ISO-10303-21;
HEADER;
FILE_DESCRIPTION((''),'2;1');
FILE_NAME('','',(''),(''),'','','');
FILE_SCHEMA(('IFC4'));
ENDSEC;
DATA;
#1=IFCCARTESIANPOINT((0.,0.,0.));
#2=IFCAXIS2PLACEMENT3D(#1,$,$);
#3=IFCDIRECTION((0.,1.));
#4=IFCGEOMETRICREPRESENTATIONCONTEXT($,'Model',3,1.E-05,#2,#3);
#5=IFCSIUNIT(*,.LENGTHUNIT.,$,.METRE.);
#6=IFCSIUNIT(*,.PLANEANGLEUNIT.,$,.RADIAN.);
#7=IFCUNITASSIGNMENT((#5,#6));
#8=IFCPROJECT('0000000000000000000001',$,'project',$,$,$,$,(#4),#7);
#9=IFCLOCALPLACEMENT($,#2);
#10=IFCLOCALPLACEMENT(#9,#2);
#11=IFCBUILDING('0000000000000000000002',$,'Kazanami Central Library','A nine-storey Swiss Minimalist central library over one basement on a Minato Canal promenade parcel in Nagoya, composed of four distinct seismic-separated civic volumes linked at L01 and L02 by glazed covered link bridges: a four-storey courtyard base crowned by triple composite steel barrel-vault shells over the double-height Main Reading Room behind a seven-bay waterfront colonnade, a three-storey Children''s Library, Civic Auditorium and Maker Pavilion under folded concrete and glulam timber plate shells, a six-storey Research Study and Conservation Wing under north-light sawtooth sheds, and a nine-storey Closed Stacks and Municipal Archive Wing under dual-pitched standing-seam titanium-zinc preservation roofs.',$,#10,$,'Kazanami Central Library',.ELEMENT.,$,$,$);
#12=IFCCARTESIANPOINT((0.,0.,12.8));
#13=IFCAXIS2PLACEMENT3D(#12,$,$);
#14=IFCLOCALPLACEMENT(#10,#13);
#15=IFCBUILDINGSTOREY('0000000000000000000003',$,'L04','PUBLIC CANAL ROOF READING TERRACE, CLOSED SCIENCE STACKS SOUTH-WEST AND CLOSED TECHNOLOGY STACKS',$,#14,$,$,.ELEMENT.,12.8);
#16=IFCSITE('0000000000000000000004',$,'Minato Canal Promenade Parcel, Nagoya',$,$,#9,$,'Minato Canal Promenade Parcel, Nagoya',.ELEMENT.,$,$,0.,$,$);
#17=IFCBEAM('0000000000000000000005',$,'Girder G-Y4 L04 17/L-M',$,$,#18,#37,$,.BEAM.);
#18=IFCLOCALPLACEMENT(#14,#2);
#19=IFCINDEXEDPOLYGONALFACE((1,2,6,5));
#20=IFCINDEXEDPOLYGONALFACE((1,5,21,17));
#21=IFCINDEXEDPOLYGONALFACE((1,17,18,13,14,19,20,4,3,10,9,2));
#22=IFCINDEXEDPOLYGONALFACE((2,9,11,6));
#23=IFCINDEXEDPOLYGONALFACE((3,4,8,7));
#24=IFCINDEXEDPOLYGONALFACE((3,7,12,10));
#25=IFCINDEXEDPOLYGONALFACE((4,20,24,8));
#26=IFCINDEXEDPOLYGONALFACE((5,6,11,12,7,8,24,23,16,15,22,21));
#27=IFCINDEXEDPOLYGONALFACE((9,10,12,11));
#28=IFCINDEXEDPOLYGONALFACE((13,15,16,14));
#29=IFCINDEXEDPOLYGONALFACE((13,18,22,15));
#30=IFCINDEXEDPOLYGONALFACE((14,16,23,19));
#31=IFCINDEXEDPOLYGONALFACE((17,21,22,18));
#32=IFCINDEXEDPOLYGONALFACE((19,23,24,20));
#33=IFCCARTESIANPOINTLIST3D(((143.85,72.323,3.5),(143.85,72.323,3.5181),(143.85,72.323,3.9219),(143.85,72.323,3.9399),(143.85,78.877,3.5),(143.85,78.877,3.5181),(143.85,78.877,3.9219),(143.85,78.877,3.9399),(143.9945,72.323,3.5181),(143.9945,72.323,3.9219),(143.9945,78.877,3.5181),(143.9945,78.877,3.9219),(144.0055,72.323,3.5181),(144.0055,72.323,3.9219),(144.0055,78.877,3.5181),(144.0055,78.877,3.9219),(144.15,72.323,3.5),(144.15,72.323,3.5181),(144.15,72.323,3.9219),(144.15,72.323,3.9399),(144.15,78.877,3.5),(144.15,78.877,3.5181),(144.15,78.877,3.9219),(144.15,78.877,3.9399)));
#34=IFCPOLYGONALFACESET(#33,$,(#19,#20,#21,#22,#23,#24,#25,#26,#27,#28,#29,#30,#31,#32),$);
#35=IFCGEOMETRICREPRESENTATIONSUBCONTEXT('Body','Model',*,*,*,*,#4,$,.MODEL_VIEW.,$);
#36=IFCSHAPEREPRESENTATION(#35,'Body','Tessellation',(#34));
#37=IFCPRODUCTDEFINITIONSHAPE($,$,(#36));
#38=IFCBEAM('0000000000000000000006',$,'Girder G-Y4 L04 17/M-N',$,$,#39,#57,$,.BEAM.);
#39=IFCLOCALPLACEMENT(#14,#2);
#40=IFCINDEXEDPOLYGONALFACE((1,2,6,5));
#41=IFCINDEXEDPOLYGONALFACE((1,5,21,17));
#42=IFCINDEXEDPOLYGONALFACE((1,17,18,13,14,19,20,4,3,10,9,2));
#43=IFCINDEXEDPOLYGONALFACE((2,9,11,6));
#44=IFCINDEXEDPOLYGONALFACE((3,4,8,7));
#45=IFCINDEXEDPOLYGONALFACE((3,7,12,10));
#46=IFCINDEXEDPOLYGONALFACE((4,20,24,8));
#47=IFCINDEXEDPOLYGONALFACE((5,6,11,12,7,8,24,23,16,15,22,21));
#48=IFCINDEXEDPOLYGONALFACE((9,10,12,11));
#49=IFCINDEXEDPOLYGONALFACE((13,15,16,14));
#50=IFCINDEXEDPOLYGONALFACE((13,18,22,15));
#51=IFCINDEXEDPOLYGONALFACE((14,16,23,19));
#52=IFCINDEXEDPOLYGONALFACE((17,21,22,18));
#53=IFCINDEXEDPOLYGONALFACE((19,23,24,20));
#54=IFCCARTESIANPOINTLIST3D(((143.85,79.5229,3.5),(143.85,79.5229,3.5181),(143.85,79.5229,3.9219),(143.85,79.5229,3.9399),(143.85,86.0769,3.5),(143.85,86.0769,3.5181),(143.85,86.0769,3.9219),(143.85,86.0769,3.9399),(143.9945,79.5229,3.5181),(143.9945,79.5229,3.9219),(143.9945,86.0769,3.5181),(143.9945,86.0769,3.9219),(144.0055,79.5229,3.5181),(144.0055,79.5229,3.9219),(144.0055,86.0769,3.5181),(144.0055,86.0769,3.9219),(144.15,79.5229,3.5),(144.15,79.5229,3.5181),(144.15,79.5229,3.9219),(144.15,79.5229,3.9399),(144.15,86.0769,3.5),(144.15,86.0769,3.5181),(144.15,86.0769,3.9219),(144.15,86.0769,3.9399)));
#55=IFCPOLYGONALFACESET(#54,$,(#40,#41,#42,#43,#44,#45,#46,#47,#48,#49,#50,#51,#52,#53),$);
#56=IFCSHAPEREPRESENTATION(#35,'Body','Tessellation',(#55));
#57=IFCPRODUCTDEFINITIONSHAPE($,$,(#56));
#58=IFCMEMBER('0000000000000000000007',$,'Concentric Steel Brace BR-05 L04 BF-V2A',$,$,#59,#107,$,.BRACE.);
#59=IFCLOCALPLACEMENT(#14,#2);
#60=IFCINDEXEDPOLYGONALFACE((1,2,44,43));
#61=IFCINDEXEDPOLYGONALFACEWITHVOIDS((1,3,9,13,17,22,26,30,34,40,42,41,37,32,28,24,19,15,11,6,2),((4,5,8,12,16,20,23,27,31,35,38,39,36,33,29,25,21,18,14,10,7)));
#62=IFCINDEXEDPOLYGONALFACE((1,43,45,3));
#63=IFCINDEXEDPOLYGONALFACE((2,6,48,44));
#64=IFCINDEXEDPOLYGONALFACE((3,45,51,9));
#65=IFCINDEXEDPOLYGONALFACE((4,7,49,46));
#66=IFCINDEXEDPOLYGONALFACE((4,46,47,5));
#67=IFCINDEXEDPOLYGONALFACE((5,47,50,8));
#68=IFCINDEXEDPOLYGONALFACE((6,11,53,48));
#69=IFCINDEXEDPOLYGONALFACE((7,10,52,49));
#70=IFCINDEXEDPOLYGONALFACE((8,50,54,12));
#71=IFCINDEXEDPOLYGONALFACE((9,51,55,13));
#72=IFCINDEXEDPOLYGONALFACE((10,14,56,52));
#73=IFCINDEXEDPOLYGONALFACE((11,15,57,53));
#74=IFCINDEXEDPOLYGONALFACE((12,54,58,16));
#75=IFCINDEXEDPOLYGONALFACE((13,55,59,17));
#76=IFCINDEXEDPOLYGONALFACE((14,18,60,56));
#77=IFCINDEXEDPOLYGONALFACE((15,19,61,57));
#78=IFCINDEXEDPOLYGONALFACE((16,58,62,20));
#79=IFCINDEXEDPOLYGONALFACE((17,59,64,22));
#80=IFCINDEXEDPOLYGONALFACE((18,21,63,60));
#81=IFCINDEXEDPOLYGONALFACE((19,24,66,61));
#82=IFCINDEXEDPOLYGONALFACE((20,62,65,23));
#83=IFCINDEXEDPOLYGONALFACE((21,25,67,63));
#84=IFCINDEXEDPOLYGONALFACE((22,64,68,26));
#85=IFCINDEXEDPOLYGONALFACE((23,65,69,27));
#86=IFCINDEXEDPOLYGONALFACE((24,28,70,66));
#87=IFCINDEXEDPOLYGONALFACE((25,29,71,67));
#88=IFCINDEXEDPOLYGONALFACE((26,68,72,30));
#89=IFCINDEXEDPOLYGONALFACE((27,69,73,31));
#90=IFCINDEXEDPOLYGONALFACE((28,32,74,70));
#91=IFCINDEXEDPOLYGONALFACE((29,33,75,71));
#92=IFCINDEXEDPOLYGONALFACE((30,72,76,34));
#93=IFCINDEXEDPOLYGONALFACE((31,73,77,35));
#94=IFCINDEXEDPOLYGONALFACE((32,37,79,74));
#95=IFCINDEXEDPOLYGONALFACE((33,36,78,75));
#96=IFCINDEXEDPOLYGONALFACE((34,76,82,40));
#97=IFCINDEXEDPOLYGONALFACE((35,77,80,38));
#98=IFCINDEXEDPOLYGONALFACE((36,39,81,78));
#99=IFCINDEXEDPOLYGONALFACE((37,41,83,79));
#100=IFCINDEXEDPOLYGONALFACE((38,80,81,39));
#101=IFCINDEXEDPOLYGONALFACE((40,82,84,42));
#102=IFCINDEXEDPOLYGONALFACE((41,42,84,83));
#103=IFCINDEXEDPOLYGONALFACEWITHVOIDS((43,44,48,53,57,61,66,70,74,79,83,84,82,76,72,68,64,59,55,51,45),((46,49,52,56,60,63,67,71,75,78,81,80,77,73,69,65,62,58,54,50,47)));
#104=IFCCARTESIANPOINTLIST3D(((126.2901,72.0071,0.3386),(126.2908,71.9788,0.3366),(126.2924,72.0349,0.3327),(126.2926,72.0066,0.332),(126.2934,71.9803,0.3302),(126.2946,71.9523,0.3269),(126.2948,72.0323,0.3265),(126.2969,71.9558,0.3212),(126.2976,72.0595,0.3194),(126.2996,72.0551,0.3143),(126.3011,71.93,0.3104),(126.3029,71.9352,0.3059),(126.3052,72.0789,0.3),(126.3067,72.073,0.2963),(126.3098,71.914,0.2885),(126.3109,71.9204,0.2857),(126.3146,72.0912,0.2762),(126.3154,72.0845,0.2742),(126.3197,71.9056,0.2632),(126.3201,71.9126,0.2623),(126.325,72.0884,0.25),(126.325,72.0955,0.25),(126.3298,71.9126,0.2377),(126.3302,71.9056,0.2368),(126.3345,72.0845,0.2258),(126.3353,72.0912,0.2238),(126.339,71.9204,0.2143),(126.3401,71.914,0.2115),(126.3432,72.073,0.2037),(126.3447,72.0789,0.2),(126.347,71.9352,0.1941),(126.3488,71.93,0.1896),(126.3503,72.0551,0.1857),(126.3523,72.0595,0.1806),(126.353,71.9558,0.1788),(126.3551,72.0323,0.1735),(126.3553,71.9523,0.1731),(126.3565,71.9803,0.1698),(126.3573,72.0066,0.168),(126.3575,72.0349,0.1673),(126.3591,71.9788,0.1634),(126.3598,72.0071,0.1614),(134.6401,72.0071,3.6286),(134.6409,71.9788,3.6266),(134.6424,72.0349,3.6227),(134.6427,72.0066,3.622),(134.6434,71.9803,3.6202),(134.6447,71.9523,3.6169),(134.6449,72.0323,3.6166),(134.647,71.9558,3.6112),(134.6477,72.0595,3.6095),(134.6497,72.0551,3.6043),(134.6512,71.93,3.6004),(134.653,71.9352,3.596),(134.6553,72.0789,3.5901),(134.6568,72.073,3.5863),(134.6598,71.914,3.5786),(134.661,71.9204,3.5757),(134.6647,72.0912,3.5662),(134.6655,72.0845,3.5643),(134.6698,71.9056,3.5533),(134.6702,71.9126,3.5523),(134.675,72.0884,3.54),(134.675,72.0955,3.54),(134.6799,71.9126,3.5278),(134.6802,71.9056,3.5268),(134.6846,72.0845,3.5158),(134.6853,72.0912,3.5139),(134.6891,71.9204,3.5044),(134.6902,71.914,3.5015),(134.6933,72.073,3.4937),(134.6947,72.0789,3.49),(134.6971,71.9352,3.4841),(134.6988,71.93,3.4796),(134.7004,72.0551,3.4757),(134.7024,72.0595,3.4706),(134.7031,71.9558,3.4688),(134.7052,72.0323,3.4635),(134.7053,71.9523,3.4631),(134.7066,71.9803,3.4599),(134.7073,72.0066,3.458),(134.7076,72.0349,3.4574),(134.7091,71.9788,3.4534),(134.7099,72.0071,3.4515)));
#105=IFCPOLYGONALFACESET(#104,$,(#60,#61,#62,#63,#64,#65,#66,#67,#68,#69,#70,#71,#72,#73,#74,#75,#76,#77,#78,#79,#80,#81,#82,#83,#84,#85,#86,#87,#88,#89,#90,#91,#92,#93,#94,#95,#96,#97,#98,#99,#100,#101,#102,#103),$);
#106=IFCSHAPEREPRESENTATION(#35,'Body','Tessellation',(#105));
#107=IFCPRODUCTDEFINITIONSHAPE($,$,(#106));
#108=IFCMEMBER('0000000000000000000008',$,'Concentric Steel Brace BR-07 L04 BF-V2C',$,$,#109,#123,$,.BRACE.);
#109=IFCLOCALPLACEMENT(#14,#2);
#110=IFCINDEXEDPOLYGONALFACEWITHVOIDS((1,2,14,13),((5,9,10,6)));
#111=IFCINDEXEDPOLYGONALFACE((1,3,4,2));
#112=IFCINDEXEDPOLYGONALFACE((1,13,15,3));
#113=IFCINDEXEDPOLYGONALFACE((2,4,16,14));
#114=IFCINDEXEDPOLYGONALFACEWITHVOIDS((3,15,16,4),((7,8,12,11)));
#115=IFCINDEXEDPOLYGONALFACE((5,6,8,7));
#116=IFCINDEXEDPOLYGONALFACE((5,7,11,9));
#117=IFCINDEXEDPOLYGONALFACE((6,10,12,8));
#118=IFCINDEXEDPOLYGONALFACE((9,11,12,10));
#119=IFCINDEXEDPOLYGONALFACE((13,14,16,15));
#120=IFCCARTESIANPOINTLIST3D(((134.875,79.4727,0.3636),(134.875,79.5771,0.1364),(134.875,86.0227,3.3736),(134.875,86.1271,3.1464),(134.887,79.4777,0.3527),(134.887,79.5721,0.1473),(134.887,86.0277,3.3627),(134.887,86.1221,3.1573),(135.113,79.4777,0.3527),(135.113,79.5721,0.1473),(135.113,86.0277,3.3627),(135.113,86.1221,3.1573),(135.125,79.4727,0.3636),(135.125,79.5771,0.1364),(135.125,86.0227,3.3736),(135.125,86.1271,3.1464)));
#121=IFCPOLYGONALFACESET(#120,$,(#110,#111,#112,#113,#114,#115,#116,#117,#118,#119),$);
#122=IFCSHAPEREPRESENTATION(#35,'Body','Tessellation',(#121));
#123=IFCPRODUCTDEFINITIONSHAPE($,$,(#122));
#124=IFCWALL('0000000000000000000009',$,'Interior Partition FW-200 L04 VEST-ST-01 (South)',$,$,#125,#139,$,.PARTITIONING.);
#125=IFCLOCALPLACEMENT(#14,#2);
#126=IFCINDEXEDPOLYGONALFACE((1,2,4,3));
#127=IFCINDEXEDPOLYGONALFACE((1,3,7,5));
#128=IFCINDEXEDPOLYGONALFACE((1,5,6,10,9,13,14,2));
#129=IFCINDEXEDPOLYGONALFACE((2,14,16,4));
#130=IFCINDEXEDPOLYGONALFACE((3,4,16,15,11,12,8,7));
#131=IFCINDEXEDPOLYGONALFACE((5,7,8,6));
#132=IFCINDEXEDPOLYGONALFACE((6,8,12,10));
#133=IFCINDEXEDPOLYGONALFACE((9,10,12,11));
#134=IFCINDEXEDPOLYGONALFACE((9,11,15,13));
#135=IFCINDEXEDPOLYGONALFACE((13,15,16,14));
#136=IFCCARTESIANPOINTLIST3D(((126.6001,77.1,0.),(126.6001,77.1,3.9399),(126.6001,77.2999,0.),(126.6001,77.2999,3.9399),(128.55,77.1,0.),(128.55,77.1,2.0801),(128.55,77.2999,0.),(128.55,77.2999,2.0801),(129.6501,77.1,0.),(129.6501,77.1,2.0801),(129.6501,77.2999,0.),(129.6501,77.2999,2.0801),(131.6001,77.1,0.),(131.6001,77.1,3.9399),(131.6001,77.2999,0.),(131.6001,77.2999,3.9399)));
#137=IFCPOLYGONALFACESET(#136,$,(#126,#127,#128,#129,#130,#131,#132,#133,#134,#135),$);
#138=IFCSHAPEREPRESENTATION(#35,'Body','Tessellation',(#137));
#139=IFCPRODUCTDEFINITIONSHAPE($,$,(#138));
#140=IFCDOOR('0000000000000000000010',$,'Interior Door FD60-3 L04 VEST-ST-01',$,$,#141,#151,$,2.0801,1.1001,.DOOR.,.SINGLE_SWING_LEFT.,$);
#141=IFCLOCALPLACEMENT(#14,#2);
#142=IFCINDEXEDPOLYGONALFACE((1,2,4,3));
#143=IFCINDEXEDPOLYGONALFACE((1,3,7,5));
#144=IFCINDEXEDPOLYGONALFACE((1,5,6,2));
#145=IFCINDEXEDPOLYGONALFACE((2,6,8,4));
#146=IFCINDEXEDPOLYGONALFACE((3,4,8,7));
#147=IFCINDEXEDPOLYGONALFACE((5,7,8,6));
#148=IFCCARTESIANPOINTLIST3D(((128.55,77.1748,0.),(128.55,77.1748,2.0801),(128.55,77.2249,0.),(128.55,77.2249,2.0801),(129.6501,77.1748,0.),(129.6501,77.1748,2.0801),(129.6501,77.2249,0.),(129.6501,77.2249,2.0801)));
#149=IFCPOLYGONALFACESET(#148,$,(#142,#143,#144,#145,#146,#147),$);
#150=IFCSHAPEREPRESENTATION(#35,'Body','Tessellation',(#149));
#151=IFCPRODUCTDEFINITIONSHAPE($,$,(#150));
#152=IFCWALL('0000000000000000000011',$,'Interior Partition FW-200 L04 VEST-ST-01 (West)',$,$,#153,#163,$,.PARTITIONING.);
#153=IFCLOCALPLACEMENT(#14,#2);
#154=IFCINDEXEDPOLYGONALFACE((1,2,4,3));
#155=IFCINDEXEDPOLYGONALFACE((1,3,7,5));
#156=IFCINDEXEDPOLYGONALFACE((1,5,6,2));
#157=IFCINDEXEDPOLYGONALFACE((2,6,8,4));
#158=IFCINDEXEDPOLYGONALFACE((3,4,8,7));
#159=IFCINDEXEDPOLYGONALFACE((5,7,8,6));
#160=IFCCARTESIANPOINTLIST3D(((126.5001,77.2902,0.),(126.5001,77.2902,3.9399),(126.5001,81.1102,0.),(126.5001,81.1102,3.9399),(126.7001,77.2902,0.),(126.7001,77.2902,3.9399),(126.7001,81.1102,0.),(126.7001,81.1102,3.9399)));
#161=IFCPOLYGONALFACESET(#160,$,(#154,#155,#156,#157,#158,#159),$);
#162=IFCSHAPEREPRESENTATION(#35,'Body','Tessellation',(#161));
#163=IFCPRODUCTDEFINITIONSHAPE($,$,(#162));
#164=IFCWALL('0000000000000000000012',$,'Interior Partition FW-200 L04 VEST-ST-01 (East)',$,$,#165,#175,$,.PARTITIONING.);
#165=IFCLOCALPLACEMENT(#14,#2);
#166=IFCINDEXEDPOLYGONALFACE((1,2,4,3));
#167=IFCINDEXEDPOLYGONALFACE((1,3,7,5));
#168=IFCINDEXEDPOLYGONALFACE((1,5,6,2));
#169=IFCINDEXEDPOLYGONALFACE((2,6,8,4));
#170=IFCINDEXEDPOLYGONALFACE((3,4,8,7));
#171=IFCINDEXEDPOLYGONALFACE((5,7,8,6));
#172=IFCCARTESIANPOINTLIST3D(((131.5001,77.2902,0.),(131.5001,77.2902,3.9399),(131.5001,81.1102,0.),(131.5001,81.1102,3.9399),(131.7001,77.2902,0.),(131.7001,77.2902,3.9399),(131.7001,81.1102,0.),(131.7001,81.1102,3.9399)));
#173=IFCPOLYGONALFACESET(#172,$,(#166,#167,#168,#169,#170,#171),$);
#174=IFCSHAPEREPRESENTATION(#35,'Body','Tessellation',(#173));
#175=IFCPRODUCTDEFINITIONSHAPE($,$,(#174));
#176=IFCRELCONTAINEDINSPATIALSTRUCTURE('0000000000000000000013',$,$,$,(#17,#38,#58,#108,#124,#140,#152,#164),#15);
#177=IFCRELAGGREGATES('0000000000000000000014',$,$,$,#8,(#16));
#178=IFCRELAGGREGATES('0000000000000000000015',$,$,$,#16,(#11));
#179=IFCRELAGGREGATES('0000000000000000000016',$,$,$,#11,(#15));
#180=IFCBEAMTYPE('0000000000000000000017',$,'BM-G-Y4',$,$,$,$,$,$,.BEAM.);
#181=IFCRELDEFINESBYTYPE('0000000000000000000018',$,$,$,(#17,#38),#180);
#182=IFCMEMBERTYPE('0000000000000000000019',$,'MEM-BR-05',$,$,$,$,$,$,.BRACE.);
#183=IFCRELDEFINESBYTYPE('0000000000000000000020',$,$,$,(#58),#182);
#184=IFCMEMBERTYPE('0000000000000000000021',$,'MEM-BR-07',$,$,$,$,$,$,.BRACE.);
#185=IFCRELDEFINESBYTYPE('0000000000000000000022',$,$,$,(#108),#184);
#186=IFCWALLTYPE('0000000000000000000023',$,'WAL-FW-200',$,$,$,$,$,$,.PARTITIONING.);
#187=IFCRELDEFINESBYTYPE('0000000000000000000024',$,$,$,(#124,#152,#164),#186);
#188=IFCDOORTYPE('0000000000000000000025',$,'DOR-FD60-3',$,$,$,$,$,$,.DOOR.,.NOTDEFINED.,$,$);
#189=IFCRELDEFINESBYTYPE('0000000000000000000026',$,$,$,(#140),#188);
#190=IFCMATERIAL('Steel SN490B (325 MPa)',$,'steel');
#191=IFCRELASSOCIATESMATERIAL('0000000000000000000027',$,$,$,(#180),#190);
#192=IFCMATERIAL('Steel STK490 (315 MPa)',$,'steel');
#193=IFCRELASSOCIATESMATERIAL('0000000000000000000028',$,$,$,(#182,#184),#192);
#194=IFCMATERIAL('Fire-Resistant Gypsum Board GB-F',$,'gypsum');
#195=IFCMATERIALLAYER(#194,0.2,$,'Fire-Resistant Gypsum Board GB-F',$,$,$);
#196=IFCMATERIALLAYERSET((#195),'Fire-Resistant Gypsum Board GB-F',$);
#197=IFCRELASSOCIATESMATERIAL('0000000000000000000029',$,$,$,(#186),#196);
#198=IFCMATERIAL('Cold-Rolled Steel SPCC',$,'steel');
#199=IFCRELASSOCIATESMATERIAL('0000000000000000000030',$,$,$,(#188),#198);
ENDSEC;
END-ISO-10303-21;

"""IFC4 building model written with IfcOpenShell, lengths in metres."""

from ifc_helpers import new_model, si_unit, direction, frame, frame_2d, origin, origin_2d, place, context, subcontext, project, spatial, rectangle, hollow_rectangle, hollow_circle, i_section, extrude, material, layer, layer_set, material_profile, profile_set, type_object, element, fill, save


model = new_model("IFC4")

# Units and contexts
model_context = context("Model", 3, precision=1e-05, world=origin(), true_north=direction((0.0, 1.0)))
body_context = subcontext(model_context, "Body", "Model", "MODEL_VIEW")
ifc_project = project(units=[si_unit("LENGTHUNIT", "METRE"), si_unit("PLANEANGLEUNIT", "RADIAN")], contexts=[model_context])

# Site, building, storey
site_placement = place(None, origin())
site = spatial("IfcSite", under=ifc_project, at=site_placement, Name="Minato Canal Promenade Parcel, Nagoya", LongName="Minato Canal Promenade Parcel, Nagoya", CompositionType="ELEMENT", RefElevation=0.0)
building_placement = place(site_placement, origin())
building = spatial("IfcBuilding", under=site, at=building_placement, Name="Kazanami Central Library", Description="A nine-storey Swiss Minimalist central library over one basement on a Minato Canal promenade parcel in Nagoya, composed of four distinct seismic-separated civic volumes linked at L01 and L02 by glazed covered link bridges: a four-storey courtyard base crowned by triple composite steel barrel-vault shells over the double-height Main Reading Room behind a seven-bay waterfront colonnade, a three-storey Children's Library, Civic Auditorium and Maker Pavilion under folded concrete and glulam timber plate shells, a six-storey Research Study and Conservation Wing under north-light sawtooth sheds, and a nine-storey Closed Stacks and Municipal Archive Wing under dual-pitched standing-seam titanium-zinc preservation roofs.", LongName="Kazanami Central Library", CompositionType="ELEMENT")
storey_placement = place(building_placement, frame((0.0, 0.0, 12.8)))
storey = spatial("IfcBuildingStorey", under=building, at=storey_placement, Name="L04", Description="PUBLIC CANAL ROOF READING TERRACE, CLOSED SCIENCE STACKS SOUTH-WEST AND CLOSED TECHNOLOGY STACKS", CompositionType="ELEMENT", Elevation=12.8)

# Beams
ifc_material_1 = material(Name="Steel SN490B (325 MPa)", Category="steel")
ifc_material_profile_1 = material_profile(ifc_material_1, i_section(OverallWidth=0.3, OverallDepth=0.4399, WebThickness=0.011, FlangeThickness=0.0181, at=origin_2d()), Name="H-440x300x11x18")
ifc_profile_set_1 = profile_set([ifc_material_profile_1], Name="Steel SN490B (325 MPa)")
beam_type_1 = type_object("IfcBeamType", Name="BM-G-Y4", PredefinedType="BEAM", material=ifc_profile_set_1)
for number, where, z_axis, x_axis, name in (
    (1, (144.0, 72.323, 3.72), (0.0, 1.0, 0.0), (-1.0, 0.0, 0.0), "Girder G-Y4 L04 17/L-M"),
    (2, (144.0, 79.5229, 3.72), (0.0, 1.0, 0.0), (-1.0, 0.0, 0.0), "Girder G-Y4 L04 17/M-N"),
):
    element("IfcBeam", number, at=place(storey_placement, frame(where, z_axis=z_axis, x_axis=x_axis)), inside=storey, type_object=beam_type_1, Name=name, PredefinedType="BEAM", context=body_context, shape_type="SweptSolid", body=[
        extrude(i_section(OverallWidth=0.3, OverallDepth=0.4399, WebThickness=0.011, FlangeThickness=0.0181, at=origin_2d()), origin(), (0.0, 0.0, 1.0), 6.554),
    ])

# Members
ifc_material_2 = material(Name="Steel STK490 (315 MPa)", Category="steel")
ifc_material_profile_2 = material_profile(ifc_material_2, hollow_circle(Radius=0.0955, WallThickness=0.0071, at=origin_2d()), Name="CHS-190.7x7.0")
ifc_profile_set_2 = profile_set([ifc_material_profile_2], Name="Steel STK490 (315 MPa)")
member_type_1 = type_object("IfcMemberType", Name="MEM-BR-05", PredefinedType="BRACE", material=ifc_profile_set_2)
member_1_placement = place(storey_placement, frame((126.325, 72.0, 0.25), z_axis=(0.930385, 0.0, 0.366583), x_axis=(0.0, 1.0, 0.0)))
element("IfcMember", 3, at=member_1_placement, inside=storey, type_object=member_type_1, Name="Concentric Steel Brace BR-05 L04 BF-V2A", PredefinedType="BRACE", context=body_context, shape_type="SweptSolid", body=[
    extrude(hollow_circle(Radius=0.0955, WallThickness=0.0071, at=origin_2d()), origin(), (0.0, 0.0, 1.0), 8.9749),
])
ifc_material_profile_3 = material_profile(ifc_material_2, hollow_rectangle(XDim=0.25, YDim=0.25, WallThickness=0.012, at=origin_2d()), Name="STKR-250x250x12")
ifc_profile_set_3 = profile_set([ifc_material_profile_3], Name="Steel STK490 (315 MPa)")
member_type_2 = type_object("IfcMemberType", Name="MEM-BR-07", PredefinedType="BRACE", material=ifc_profile_set_3)
member_2_placement = place(storey_placement, frame((135.0, 79.5249, 0.25), z_axis=(0.0, 0.908649, 0.417561), x_axis=(-1.0, 0.0, 0.0)))
element("IfcMember", 4, at=member_2_placement, inside=storey, type_object=member_type_2, Name="Concentric Steel Brace BR-07 L04 BF-V2C", PredefinedType="BRACE", context=body_context, shape_type="SweptSolid", body=[
    extrude(hollow_rectangle(XDim=0.25, YDim=0.25, WallThickness=0.012, at=origin_2d()), origin(), (0.0, 0.0, 1.0), 7.2085),
])

# Wall, opening, door
ifc_material_3 = material(Name="Fire-Resistant Gypsum Board GB-F", Category="gypsum")
ifc_layer_1 = layer(ifc_material_3, 0.2, Name="Fire-Resistant Gypsum Board GB-F")
ifc_layer_set_1 = layer_set([ifc_layer_1], Name="Fire-Resistant Gypsum Board GB-F")
wall_type_1 = type_object("IfcWallType", Name="WAL-FW-200", PredefinedType="PARTITIONING", material=ifc_layer_set_1)
wall_1_placement = place(storey_placement, frame((126.6001, 77.2, 0.0), z_axis=(0.0, 0.0, 1.0), x_axis=(1.0, 0.0, 0.0)))
wall_1 = element("IfcWall", 5, at=wall_1_placement, inside=storey, type_object=wall_type_1, Name="Interior Partition FW-200 L04 VEST-ST-01 (South)", PredefinedType="PARTITIONING", context=body_context, shape_type="SweptSolid", body=[
    extrude(rectangle(XDim=5.0, YDim=0.2, at=frame_2d((2.5, 0.0))), origin(), (0.0, 0.0, 1.0), 3.9399),
])
opening_1_placement = place(wall_1_placement, frame((1.95, 0.0, 0.0)))
opening_1 = element("IfcOpeningElement", 6, at=opening_1_placement, cuts=wall_1, PredefinedType="OPENING", context=body_context, shape_type="SweptSolid", body=[
    extrude(rectangle(XDim=1.1001, YDim=2.0801, at=frame_2d((0.55, 1.04))), frame((0.0, 0.1118, 0.0), z_axis=(0.0, -1.0, 0.0), x_axis=(1.0, 0.0, 0.0)), (0.0, 0.0, 1.0), 0.2239),
])
ifc_material_4 = material(Name="Cold-Rolled Steel SPCC", Category="steel")
door_type_1 = type_object("IfcDoorType", Name="DOR-FD60-3", OperationType="NOTDEFINED", PredefinedType="DOOR", material=ifc_material_4)
door_1_placement = place(opening_1_placement, origin())
door_1 = element("IfcDoor", 7, at=door_1_placement, inside=storey, type_object=door_type_1, Name="Interior Door FD60-3 L04 VEST-ST-01", OperationType="SINGLE_SWING_LEFT", OverallHeight=2.0801, OverallWidth=1.1001, PredefinedType="DOOR", context=body_context, shape_type="SweptSolid", body=[
    extrude(rectangle(XDim=1.1001, YDim=2.0801, at=frame_2d((0.55, 1.04))), frame((0.0, 0.0249, 0.0), z_axis=(0.0, -1.0, 0.0), x_axis=(1.0, 0.0, 0.0)), (0.0, 0.0, 1.0), 0.05),
])
fill(opening_1, door_1)

# Walls
for number, where, z_axis, x_axis, name in (
    (8, (126.6001, 77.29, 0.0), (0.0, 0.0, 1.0), (0.0, 1.0, 0.0), "Interior Partition FW-200 L04 VEST-ST-01 (West)"),
    (9, (131.6001, 77.29, 0.0), (0.0, 0.0, 1.0), (0.0, 1.0, 0.0), "Interior Partition FW-200 L04 VEST-ST-01 (East)"),
):
    element("IfcWall", number, at=place(storey_placement, frame(where, z_axis=z_axis, x_axis=x_axis)), inside=storey, type_object=wall_type_1, Name=name, PredefinedType="PARTITIONING", context=body_context, shape_type="SweptSolid", body=[
        extrude(rectangle(XDim=3.8201, YDim=0.2, at=frame_2d((1.9102, 0.0))), origin(), (0.0, 0.0, 1.0), 3.9399),
    ])

save(model, "model.ifc")
